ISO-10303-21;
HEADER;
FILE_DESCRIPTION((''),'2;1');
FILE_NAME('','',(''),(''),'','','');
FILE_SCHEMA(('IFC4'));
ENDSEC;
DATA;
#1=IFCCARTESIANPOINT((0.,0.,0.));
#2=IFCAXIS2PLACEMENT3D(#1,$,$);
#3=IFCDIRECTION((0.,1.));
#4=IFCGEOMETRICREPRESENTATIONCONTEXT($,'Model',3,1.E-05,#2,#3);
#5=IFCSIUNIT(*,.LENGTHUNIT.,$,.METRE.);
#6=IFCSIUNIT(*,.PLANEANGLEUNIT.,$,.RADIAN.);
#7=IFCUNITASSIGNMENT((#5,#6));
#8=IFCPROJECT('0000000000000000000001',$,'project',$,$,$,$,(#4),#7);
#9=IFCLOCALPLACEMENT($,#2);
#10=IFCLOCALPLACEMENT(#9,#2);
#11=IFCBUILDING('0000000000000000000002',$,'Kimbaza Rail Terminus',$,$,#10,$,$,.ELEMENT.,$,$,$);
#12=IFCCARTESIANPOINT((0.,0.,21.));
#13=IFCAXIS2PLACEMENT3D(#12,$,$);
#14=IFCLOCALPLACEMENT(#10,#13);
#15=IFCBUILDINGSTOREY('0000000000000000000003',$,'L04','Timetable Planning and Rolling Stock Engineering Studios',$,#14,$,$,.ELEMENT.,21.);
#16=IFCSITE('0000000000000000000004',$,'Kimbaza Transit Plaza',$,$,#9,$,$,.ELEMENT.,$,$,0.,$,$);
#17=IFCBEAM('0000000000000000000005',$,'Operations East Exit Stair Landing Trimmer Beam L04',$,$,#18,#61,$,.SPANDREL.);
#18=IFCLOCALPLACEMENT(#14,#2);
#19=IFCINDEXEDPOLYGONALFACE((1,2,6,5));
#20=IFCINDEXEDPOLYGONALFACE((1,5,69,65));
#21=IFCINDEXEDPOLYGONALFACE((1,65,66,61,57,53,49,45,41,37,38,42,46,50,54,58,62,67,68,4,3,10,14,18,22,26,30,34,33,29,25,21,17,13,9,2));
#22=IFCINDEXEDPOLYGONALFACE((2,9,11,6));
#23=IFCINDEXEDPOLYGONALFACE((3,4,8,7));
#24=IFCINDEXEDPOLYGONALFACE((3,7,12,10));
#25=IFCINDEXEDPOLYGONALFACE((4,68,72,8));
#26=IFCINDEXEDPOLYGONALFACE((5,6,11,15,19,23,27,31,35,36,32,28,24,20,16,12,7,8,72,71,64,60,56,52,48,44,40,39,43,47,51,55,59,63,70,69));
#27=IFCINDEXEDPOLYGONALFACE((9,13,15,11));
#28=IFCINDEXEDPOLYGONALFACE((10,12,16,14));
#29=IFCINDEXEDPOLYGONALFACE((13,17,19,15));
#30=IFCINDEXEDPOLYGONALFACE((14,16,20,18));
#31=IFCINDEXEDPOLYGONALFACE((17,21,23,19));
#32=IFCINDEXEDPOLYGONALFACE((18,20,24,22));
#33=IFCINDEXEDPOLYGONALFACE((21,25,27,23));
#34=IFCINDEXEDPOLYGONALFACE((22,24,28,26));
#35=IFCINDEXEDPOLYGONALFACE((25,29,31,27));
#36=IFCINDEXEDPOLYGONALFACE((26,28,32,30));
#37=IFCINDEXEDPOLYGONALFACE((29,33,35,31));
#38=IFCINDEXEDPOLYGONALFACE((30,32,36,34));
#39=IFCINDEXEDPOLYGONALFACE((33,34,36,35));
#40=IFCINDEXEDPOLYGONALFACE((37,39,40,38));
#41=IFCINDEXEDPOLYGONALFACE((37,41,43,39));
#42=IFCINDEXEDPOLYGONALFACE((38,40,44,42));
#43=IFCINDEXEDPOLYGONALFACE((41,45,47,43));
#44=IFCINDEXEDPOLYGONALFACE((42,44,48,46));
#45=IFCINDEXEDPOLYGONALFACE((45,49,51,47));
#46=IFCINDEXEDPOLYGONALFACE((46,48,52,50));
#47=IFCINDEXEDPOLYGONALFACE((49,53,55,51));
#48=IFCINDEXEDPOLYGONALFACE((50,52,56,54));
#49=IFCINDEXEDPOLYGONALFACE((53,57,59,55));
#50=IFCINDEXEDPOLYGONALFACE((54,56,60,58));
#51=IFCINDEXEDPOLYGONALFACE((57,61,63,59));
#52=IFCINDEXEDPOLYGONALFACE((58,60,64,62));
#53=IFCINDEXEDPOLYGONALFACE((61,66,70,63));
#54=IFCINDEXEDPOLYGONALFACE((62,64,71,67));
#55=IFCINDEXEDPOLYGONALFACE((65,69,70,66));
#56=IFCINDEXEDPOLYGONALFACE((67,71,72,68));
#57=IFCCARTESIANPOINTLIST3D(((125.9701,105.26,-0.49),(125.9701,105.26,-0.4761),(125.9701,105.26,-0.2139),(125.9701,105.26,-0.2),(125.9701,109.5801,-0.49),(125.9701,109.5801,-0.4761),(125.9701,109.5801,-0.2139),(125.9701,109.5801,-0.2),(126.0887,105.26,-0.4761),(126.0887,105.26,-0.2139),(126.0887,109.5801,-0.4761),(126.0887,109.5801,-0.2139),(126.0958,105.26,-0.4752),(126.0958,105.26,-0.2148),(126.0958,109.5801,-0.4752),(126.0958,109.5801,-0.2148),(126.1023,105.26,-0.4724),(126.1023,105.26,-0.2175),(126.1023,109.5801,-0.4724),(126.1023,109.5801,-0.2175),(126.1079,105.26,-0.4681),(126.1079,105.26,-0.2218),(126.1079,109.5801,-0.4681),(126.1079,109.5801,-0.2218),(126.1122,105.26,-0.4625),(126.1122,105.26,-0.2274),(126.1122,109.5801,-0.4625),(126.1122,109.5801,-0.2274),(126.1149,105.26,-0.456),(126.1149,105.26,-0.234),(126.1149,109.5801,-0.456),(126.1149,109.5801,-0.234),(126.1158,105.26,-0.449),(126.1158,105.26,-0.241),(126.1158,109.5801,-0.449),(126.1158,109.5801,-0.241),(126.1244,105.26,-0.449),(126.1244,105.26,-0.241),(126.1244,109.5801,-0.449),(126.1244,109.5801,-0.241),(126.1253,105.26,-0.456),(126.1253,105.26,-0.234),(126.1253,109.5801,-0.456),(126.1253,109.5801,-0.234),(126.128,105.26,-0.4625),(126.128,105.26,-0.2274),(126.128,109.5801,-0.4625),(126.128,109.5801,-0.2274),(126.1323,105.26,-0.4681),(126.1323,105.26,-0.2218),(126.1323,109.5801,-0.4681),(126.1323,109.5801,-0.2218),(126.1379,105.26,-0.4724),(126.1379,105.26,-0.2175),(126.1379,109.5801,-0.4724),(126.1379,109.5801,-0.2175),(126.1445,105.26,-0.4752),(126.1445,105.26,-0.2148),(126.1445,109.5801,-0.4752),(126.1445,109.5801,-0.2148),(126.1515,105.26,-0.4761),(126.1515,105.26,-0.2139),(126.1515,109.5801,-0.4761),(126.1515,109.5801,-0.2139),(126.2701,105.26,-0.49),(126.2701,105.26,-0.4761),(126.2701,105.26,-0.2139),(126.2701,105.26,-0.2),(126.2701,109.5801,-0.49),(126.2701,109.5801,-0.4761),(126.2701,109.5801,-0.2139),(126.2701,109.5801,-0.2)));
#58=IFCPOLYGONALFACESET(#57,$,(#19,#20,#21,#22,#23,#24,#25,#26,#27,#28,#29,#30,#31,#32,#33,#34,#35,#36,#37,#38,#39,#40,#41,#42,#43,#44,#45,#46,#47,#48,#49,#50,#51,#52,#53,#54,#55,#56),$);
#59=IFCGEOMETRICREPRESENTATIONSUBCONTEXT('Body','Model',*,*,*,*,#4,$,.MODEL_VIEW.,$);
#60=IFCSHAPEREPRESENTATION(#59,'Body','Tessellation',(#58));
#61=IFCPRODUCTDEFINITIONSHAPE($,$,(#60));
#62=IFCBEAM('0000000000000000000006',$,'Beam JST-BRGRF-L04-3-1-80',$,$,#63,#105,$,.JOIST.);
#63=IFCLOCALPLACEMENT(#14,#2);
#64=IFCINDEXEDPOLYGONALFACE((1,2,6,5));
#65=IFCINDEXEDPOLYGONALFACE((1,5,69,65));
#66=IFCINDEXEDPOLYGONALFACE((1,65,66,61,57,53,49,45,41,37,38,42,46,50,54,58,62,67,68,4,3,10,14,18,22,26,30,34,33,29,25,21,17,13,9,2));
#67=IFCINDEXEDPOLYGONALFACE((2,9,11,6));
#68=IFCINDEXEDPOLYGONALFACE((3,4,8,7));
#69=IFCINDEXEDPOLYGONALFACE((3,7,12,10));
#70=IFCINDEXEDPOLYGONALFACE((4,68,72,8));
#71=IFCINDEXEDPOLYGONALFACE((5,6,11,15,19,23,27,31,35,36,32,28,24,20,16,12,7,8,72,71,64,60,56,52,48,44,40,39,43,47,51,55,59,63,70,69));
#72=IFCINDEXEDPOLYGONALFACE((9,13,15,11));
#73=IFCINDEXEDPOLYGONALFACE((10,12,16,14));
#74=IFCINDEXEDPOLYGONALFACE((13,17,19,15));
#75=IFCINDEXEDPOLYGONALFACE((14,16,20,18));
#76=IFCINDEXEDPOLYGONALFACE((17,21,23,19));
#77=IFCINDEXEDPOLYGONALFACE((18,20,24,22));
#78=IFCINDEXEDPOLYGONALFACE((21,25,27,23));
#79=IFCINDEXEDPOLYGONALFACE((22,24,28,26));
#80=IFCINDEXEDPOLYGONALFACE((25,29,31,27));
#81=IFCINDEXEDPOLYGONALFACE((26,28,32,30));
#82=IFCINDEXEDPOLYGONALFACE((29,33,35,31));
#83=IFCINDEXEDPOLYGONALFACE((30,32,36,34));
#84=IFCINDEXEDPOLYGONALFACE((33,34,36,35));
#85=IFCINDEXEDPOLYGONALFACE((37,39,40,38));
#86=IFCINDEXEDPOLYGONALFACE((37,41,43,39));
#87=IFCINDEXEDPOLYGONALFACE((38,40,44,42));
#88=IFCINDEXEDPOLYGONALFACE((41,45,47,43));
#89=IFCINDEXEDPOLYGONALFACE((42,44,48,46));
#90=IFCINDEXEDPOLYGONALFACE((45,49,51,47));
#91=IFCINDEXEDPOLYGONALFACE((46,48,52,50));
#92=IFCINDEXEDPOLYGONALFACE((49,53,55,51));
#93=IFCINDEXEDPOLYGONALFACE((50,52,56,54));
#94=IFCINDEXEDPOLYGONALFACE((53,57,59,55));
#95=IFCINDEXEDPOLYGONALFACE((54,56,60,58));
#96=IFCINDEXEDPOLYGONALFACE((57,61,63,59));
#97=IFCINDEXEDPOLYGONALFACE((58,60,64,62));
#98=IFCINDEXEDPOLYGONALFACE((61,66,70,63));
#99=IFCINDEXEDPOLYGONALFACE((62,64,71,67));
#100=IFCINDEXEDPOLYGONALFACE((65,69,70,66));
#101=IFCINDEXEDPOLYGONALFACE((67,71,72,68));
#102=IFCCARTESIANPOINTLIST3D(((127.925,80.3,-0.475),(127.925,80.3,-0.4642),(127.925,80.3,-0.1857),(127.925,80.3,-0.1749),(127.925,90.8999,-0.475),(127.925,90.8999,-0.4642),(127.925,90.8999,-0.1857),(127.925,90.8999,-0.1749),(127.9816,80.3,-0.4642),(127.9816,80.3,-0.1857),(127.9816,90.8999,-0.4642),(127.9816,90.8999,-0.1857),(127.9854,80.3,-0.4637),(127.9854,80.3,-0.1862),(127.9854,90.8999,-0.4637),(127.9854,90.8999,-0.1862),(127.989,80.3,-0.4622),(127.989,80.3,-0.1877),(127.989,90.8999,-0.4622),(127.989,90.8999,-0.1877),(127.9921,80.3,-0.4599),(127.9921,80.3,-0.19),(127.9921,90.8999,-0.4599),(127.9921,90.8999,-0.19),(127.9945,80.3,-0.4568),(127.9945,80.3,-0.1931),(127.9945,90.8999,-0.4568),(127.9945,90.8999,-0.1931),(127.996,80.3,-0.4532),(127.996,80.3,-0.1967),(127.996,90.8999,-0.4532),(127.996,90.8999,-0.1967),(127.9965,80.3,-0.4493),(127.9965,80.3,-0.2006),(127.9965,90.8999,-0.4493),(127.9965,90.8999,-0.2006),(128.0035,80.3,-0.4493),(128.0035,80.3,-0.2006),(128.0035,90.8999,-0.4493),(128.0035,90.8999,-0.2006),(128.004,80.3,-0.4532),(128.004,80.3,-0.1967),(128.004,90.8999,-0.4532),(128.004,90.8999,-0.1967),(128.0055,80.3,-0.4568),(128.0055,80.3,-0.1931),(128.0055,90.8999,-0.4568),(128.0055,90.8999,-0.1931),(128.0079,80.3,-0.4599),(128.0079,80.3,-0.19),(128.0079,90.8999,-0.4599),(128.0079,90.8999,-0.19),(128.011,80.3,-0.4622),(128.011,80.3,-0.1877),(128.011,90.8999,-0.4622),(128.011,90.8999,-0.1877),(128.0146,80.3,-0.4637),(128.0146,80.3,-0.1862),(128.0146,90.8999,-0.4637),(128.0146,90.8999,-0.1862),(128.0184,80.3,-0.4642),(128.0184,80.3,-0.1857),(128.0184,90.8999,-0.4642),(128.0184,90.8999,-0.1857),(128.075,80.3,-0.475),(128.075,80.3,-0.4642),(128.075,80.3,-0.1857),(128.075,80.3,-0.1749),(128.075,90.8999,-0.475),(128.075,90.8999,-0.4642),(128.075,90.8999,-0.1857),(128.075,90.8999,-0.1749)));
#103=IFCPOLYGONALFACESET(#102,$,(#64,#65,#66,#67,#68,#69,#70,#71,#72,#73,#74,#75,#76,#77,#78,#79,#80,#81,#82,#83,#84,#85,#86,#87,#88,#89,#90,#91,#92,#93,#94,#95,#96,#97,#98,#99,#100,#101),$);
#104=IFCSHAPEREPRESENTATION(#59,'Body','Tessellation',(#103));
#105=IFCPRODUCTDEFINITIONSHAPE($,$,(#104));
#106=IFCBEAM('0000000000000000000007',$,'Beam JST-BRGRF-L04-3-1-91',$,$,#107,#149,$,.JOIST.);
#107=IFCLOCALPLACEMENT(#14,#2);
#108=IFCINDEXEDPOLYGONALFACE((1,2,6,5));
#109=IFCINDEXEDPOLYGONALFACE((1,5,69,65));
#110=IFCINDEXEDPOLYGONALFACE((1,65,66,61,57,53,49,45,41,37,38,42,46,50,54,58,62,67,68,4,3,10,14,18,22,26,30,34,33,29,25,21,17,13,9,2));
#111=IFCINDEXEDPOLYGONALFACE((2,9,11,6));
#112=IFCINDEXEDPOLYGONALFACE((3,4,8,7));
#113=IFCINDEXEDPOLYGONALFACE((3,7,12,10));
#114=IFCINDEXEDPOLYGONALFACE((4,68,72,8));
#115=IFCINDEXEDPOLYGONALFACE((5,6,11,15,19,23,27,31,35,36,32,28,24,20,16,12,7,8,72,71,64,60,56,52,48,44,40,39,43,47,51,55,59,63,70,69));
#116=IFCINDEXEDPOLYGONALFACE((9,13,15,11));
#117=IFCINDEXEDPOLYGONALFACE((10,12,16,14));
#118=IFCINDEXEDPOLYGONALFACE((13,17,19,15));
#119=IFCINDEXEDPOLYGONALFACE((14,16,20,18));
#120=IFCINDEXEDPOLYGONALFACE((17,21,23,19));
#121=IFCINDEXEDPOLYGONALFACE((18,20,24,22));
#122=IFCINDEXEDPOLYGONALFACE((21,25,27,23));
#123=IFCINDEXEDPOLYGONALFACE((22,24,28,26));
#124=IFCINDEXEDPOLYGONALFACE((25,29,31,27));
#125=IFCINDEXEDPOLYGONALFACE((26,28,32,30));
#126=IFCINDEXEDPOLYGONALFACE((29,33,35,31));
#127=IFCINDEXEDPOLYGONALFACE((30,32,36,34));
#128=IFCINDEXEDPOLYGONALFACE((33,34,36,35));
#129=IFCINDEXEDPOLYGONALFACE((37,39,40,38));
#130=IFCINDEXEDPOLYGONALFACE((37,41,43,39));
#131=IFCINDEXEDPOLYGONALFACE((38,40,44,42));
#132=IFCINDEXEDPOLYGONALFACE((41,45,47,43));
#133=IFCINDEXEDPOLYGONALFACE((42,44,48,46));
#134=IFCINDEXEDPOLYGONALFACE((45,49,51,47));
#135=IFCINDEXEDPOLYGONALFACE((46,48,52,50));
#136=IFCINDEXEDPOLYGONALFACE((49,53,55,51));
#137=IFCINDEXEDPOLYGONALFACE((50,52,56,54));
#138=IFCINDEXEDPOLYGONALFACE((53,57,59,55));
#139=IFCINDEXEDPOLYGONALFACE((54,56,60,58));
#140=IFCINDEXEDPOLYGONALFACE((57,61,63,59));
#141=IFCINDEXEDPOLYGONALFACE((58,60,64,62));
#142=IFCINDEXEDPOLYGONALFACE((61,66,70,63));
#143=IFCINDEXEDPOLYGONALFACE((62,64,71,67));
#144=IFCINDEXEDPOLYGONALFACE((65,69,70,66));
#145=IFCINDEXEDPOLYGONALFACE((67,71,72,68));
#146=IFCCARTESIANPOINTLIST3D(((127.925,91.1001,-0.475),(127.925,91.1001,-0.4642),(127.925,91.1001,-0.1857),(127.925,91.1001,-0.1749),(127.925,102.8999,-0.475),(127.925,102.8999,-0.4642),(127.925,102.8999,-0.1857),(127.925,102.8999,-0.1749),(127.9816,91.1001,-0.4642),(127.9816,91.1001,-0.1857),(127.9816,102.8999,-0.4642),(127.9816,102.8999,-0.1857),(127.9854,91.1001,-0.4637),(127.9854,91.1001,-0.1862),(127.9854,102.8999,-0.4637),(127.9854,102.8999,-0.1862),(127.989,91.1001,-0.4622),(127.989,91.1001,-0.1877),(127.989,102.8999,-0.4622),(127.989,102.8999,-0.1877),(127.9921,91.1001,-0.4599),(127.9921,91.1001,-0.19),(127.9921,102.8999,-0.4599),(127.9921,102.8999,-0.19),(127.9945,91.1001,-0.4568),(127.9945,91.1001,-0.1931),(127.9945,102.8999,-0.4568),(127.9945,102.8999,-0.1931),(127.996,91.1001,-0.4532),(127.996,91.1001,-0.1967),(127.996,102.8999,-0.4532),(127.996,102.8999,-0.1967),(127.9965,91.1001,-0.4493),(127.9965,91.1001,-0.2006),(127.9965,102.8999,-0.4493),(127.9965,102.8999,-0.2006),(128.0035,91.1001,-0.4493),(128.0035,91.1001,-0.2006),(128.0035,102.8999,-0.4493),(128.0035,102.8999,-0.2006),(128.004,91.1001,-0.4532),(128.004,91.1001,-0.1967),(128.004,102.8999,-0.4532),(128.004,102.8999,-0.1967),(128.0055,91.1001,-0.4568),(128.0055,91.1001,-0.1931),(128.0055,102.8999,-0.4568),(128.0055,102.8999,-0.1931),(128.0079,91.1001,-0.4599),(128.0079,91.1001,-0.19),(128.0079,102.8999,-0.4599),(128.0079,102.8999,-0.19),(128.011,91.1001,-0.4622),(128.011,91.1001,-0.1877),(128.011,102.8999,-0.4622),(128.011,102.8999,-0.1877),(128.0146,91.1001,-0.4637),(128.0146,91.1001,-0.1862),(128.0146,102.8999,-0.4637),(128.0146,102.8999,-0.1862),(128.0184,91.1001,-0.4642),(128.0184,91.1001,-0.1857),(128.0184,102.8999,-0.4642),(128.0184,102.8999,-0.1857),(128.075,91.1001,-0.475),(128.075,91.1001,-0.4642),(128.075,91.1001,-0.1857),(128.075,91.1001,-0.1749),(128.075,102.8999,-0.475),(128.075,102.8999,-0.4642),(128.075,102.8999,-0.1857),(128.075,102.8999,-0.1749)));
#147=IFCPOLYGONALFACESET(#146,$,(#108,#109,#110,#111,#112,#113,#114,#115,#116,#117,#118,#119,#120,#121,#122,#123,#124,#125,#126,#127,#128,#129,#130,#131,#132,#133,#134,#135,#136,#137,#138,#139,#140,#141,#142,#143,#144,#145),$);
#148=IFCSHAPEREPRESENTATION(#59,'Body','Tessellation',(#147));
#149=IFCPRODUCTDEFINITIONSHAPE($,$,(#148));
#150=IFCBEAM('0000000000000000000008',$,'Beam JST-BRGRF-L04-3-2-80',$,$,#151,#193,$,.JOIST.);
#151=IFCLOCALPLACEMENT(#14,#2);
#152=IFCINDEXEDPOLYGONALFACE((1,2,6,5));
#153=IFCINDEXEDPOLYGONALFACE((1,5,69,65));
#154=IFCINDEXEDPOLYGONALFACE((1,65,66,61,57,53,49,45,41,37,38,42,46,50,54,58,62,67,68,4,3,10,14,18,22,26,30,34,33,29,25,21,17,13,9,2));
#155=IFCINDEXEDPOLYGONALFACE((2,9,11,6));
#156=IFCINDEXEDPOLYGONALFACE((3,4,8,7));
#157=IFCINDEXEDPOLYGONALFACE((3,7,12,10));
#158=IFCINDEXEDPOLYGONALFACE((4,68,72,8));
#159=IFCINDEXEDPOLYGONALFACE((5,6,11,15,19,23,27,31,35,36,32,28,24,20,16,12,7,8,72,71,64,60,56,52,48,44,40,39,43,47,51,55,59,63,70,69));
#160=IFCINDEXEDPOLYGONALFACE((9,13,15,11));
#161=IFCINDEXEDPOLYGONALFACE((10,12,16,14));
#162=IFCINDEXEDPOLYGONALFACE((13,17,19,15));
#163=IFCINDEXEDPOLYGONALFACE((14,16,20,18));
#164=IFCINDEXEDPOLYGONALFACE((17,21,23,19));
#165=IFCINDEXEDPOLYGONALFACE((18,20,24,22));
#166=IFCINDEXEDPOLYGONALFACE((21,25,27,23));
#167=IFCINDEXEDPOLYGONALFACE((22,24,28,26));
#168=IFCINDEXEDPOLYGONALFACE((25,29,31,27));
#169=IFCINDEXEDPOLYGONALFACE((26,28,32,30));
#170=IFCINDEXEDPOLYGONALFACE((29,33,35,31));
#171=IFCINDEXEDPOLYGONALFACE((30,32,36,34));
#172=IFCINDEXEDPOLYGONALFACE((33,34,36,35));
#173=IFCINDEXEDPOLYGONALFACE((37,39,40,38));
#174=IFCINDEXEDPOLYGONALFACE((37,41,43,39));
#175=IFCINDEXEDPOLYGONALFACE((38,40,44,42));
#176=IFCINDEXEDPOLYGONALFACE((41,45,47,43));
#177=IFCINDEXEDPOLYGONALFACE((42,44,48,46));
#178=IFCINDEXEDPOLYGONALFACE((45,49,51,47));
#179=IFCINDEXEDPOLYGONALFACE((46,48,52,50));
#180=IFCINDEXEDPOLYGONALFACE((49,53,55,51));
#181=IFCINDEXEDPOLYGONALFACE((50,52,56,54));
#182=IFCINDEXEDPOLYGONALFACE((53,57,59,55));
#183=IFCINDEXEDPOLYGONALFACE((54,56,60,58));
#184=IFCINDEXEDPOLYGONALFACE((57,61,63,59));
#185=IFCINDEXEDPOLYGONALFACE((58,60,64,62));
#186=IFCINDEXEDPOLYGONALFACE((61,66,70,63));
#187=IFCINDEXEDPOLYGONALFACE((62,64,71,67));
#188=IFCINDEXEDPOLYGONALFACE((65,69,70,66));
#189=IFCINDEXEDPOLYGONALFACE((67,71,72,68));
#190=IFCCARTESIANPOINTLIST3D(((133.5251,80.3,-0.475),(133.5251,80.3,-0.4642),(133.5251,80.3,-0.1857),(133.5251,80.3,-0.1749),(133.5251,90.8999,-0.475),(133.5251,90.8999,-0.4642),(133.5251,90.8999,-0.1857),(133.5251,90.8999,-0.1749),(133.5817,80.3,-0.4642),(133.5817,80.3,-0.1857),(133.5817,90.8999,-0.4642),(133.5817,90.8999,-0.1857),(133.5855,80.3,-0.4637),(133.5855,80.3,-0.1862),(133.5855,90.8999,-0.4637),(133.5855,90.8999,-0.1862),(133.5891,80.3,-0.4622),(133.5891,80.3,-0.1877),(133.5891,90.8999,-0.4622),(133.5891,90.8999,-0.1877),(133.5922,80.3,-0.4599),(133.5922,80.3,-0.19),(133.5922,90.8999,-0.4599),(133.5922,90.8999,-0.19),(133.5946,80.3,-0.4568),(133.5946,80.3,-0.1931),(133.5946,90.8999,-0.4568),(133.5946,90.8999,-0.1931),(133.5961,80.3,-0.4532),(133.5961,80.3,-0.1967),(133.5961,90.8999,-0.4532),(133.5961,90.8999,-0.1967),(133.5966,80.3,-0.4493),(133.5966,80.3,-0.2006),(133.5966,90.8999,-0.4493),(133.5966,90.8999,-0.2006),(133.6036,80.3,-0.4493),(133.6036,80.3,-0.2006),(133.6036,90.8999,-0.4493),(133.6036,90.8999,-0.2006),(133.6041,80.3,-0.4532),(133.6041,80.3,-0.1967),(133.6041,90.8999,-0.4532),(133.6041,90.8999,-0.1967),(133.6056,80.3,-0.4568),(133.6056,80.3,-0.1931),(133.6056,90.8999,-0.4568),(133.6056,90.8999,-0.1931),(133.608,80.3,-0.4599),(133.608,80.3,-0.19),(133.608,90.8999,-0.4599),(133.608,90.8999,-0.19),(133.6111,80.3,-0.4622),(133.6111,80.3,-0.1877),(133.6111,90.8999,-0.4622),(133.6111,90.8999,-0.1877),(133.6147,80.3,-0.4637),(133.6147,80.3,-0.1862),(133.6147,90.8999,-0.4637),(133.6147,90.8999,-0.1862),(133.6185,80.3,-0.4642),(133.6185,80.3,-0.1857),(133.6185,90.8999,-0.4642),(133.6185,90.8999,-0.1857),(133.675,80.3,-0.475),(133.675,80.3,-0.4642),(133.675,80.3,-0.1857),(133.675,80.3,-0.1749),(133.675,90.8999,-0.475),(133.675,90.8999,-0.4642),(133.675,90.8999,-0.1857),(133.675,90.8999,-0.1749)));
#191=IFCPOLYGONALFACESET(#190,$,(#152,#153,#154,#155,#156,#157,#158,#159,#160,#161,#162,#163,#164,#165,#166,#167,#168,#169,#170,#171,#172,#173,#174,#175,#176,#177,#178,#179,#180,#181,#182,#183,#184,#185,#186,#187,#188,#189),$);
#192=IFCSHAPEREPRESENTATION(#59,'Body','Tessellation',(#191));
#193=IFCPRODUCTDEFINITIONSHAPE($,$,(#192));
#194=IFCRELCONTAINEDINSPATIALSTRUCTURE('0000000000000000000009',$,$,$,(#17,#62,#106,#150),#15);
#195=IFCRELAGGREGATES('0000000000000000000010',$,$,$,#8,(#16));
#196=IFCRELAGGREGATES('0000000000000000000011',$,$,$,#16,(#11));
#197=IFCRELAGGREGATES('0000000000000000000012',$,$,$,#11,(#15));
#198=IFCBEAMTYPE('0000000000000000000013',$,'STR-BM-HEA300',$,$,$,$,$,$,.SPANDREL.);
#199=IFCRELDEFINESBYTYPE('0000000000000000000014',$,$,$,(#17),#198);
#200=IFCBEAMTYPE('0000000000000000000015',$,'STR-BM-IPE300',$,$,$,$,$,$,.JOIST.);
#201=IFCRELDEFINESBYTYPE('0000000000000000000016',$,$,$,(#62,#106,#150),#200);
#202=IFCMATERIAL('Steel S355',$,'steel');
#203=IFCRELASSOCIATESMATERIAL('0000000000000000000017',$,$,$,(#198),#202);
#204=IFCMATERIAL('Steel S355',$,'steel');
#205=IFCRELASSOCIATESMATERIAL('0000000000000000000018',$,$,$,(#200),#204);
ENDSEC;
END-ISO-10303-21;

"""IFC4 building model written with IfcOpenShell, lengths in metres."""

from ifc_helpers import new_model, si_unit, direction, frame, origin, origin_2d, place, context, subcontext, project, spatial, i_section, extrude, material, material_profile, profile_set, type_object, element, save


model = new_model("IFC4")

# Units and contexts
model_context = context("Model", 3, precision=1e-05, world=origin(), true_north=direction((0.0, 1.0)))
body_context = subcontext(model_context, "Body", "Model", "MODEL_VIEW")
ifc_project = project(units=[si_unit("LENGTHUNIT", "METRE"), si_unit("PLANEANGLEUNIT", "RADIAN")], contexts=[model_context])

# Site, building, storey
site_placement = place(None, origin())
site = spatial("IfcSite", under=ifc_project, at=site_placement, Name="Kimbaza Transit Plaza", CompositionType="ELEMENT", RefElevation=0.0)
building_placement = place(site_placement, origin())
building = spatial("IfcBuilding", under=site, at=building_placement, Name="Kimbaza Rail Terminus", CompositionType="ELEMENT")
storey_placement = place(building_placement, frame((0.0, 0.0, 21.0)))
storey = spatial("IfcBuildingStorey", under=building, at=storey_placement, Name="L04", Description="Timetable Planning and Rolling Stock Engineering Studios", CompositionType="ELEMENT", Elevation=21.0)

# Beams
ifc_material_1 = material(Name="Steel S355", Category="steel")
ifc_material_profile_1 = material_profile(ifc_material_1, i_section(OverallWidth=0.3, OverallDepth=0.29, WebThickness=0.0085, FlangeThickness=0.0139, FilletRadius=0.0271, at=origin_2d()), Name="HEA 300")
ifc_profile_set_1 = profile_set([ifc_material_profile_1], Name="Steel S355")
beam_type_1 = type_object("IfcBeamType", Name="STR-BM-HEA300", PredefinedType="SPANDREL", material=ifc_profile_set_1)
beam_1_placement = place(storey_placement, frame((126.1201, 105.26, -0.345), z_axis=(0.0, 1.0, 0.0), x_axis=(-1.0, 0.0, 0.0)))
element("IfcBeam", 1, at=beam_1_placement, inside=storey, type_object=beam_type_1, Name="Operations East Exit Stair Landing Trimmer Beam L04", PredefinedType="SPANDREL", context=body_context, shape_type="SweptSolid", body=[
    extrude(i_section(OverallWidth=0.3, OverallDepth=0.29, WebThickness=0.0085, FlangeThickness=0.0139, FilletRadius=0.0271, at=origin_2d()), origin(), (0.0, 0.0, 1.0), 4.3201),
])
ifc_material_2 = material(Name="Steel S355", Category="steel")
ifc_material_profile_2 = material_profile(ifc_material_2, i_section(OverallWidth=0.1499, OverallDepth=0.3, WebThickness=0.0071, FlangeThickness=0.0107, FilletRadius=0.0149, at=origin_2d()), Name="IPE 300")
ifc_profile_set_2 = profile_set([ifc_material_profile_2], Name="Steel S355")
beam_type_2 = type_object("IfcBeamType", Name="STR-BM-IPE300", PredefinedType="JOIST", material=ifc_profile_set_2)
beam_2_placement = place(storey_placement, frame((128.0, 80.3, -0.325), z_axis=(0.0, 1.0, 0.0), x_axis=(-1.0, 0.0, 0.0)))
element("IfcBeam", 2, at=beam_2_placement, inside=storey, type_object=beam_type_2, Name="Beam JST-BRGRF-L04-3-1-80", PredefinedType="JOIST", context=body_context, shape_type="SweptSolid", body=[
    extrude(i_section(OverallWidth=0.1499, OverallDepth=0.3, WebThickness=0.0071, FlangeThickness=0.0107, FilletRadius=0.0149, at=origin_2d()), origin(), (0.0, 0.0, 1.0), 10.5999),
])
beam_3_placement = place(storey_placement, frame((128.0, 91.1001, -0.325), z_axis=(0.0, 1.0, 0.0), x_axis=(-1.0, 0.0, 0.0)))
element("IfcBeam", 3, at=beam_3_placement, inside=storey, type_object=beam_type_2, Name="Beam JST-BRGRF-L04-3-1-91", PredefinedType="JOIST", context=body_context, shape_type="SweptSolid", body=[
    extrude(i_section(OverallWidth=0.1499, OverallDepth=0.3, WebThickness=0.0071, FlangeThickness=0.0107, FilletRadius=0.0149, at=origin_2d()), origin(), (0.0, 0.0, 1.0), 11.7998),
])
beam_4_placement = place(storey_placement, frame((133.6001, 80.3, -0.325), z_axis=(0.0, 1.0, 0.0), x_axis=(-1.0, 0.0, 0.0)))
element("IfcBeam", 4, at=beam_4_placement, inside=storey, type_object=beam_type_2, Name="Beam JST-BRGRF-L04-3-2-80", PredefinedType="JOIST", context=body_context, shape_type="SweptSolid", body=[
    extrude(i_section(OverallWidth=0.1499, OverallDepth=0.3, WebThickness=0.0071, FlangeThickness=0.0107, FilletRadius=0.0149, at=origin_2d()), origin(), (0.0, 0.0, 1.0), 10.5999),
])

save(model, "model.ifc")
